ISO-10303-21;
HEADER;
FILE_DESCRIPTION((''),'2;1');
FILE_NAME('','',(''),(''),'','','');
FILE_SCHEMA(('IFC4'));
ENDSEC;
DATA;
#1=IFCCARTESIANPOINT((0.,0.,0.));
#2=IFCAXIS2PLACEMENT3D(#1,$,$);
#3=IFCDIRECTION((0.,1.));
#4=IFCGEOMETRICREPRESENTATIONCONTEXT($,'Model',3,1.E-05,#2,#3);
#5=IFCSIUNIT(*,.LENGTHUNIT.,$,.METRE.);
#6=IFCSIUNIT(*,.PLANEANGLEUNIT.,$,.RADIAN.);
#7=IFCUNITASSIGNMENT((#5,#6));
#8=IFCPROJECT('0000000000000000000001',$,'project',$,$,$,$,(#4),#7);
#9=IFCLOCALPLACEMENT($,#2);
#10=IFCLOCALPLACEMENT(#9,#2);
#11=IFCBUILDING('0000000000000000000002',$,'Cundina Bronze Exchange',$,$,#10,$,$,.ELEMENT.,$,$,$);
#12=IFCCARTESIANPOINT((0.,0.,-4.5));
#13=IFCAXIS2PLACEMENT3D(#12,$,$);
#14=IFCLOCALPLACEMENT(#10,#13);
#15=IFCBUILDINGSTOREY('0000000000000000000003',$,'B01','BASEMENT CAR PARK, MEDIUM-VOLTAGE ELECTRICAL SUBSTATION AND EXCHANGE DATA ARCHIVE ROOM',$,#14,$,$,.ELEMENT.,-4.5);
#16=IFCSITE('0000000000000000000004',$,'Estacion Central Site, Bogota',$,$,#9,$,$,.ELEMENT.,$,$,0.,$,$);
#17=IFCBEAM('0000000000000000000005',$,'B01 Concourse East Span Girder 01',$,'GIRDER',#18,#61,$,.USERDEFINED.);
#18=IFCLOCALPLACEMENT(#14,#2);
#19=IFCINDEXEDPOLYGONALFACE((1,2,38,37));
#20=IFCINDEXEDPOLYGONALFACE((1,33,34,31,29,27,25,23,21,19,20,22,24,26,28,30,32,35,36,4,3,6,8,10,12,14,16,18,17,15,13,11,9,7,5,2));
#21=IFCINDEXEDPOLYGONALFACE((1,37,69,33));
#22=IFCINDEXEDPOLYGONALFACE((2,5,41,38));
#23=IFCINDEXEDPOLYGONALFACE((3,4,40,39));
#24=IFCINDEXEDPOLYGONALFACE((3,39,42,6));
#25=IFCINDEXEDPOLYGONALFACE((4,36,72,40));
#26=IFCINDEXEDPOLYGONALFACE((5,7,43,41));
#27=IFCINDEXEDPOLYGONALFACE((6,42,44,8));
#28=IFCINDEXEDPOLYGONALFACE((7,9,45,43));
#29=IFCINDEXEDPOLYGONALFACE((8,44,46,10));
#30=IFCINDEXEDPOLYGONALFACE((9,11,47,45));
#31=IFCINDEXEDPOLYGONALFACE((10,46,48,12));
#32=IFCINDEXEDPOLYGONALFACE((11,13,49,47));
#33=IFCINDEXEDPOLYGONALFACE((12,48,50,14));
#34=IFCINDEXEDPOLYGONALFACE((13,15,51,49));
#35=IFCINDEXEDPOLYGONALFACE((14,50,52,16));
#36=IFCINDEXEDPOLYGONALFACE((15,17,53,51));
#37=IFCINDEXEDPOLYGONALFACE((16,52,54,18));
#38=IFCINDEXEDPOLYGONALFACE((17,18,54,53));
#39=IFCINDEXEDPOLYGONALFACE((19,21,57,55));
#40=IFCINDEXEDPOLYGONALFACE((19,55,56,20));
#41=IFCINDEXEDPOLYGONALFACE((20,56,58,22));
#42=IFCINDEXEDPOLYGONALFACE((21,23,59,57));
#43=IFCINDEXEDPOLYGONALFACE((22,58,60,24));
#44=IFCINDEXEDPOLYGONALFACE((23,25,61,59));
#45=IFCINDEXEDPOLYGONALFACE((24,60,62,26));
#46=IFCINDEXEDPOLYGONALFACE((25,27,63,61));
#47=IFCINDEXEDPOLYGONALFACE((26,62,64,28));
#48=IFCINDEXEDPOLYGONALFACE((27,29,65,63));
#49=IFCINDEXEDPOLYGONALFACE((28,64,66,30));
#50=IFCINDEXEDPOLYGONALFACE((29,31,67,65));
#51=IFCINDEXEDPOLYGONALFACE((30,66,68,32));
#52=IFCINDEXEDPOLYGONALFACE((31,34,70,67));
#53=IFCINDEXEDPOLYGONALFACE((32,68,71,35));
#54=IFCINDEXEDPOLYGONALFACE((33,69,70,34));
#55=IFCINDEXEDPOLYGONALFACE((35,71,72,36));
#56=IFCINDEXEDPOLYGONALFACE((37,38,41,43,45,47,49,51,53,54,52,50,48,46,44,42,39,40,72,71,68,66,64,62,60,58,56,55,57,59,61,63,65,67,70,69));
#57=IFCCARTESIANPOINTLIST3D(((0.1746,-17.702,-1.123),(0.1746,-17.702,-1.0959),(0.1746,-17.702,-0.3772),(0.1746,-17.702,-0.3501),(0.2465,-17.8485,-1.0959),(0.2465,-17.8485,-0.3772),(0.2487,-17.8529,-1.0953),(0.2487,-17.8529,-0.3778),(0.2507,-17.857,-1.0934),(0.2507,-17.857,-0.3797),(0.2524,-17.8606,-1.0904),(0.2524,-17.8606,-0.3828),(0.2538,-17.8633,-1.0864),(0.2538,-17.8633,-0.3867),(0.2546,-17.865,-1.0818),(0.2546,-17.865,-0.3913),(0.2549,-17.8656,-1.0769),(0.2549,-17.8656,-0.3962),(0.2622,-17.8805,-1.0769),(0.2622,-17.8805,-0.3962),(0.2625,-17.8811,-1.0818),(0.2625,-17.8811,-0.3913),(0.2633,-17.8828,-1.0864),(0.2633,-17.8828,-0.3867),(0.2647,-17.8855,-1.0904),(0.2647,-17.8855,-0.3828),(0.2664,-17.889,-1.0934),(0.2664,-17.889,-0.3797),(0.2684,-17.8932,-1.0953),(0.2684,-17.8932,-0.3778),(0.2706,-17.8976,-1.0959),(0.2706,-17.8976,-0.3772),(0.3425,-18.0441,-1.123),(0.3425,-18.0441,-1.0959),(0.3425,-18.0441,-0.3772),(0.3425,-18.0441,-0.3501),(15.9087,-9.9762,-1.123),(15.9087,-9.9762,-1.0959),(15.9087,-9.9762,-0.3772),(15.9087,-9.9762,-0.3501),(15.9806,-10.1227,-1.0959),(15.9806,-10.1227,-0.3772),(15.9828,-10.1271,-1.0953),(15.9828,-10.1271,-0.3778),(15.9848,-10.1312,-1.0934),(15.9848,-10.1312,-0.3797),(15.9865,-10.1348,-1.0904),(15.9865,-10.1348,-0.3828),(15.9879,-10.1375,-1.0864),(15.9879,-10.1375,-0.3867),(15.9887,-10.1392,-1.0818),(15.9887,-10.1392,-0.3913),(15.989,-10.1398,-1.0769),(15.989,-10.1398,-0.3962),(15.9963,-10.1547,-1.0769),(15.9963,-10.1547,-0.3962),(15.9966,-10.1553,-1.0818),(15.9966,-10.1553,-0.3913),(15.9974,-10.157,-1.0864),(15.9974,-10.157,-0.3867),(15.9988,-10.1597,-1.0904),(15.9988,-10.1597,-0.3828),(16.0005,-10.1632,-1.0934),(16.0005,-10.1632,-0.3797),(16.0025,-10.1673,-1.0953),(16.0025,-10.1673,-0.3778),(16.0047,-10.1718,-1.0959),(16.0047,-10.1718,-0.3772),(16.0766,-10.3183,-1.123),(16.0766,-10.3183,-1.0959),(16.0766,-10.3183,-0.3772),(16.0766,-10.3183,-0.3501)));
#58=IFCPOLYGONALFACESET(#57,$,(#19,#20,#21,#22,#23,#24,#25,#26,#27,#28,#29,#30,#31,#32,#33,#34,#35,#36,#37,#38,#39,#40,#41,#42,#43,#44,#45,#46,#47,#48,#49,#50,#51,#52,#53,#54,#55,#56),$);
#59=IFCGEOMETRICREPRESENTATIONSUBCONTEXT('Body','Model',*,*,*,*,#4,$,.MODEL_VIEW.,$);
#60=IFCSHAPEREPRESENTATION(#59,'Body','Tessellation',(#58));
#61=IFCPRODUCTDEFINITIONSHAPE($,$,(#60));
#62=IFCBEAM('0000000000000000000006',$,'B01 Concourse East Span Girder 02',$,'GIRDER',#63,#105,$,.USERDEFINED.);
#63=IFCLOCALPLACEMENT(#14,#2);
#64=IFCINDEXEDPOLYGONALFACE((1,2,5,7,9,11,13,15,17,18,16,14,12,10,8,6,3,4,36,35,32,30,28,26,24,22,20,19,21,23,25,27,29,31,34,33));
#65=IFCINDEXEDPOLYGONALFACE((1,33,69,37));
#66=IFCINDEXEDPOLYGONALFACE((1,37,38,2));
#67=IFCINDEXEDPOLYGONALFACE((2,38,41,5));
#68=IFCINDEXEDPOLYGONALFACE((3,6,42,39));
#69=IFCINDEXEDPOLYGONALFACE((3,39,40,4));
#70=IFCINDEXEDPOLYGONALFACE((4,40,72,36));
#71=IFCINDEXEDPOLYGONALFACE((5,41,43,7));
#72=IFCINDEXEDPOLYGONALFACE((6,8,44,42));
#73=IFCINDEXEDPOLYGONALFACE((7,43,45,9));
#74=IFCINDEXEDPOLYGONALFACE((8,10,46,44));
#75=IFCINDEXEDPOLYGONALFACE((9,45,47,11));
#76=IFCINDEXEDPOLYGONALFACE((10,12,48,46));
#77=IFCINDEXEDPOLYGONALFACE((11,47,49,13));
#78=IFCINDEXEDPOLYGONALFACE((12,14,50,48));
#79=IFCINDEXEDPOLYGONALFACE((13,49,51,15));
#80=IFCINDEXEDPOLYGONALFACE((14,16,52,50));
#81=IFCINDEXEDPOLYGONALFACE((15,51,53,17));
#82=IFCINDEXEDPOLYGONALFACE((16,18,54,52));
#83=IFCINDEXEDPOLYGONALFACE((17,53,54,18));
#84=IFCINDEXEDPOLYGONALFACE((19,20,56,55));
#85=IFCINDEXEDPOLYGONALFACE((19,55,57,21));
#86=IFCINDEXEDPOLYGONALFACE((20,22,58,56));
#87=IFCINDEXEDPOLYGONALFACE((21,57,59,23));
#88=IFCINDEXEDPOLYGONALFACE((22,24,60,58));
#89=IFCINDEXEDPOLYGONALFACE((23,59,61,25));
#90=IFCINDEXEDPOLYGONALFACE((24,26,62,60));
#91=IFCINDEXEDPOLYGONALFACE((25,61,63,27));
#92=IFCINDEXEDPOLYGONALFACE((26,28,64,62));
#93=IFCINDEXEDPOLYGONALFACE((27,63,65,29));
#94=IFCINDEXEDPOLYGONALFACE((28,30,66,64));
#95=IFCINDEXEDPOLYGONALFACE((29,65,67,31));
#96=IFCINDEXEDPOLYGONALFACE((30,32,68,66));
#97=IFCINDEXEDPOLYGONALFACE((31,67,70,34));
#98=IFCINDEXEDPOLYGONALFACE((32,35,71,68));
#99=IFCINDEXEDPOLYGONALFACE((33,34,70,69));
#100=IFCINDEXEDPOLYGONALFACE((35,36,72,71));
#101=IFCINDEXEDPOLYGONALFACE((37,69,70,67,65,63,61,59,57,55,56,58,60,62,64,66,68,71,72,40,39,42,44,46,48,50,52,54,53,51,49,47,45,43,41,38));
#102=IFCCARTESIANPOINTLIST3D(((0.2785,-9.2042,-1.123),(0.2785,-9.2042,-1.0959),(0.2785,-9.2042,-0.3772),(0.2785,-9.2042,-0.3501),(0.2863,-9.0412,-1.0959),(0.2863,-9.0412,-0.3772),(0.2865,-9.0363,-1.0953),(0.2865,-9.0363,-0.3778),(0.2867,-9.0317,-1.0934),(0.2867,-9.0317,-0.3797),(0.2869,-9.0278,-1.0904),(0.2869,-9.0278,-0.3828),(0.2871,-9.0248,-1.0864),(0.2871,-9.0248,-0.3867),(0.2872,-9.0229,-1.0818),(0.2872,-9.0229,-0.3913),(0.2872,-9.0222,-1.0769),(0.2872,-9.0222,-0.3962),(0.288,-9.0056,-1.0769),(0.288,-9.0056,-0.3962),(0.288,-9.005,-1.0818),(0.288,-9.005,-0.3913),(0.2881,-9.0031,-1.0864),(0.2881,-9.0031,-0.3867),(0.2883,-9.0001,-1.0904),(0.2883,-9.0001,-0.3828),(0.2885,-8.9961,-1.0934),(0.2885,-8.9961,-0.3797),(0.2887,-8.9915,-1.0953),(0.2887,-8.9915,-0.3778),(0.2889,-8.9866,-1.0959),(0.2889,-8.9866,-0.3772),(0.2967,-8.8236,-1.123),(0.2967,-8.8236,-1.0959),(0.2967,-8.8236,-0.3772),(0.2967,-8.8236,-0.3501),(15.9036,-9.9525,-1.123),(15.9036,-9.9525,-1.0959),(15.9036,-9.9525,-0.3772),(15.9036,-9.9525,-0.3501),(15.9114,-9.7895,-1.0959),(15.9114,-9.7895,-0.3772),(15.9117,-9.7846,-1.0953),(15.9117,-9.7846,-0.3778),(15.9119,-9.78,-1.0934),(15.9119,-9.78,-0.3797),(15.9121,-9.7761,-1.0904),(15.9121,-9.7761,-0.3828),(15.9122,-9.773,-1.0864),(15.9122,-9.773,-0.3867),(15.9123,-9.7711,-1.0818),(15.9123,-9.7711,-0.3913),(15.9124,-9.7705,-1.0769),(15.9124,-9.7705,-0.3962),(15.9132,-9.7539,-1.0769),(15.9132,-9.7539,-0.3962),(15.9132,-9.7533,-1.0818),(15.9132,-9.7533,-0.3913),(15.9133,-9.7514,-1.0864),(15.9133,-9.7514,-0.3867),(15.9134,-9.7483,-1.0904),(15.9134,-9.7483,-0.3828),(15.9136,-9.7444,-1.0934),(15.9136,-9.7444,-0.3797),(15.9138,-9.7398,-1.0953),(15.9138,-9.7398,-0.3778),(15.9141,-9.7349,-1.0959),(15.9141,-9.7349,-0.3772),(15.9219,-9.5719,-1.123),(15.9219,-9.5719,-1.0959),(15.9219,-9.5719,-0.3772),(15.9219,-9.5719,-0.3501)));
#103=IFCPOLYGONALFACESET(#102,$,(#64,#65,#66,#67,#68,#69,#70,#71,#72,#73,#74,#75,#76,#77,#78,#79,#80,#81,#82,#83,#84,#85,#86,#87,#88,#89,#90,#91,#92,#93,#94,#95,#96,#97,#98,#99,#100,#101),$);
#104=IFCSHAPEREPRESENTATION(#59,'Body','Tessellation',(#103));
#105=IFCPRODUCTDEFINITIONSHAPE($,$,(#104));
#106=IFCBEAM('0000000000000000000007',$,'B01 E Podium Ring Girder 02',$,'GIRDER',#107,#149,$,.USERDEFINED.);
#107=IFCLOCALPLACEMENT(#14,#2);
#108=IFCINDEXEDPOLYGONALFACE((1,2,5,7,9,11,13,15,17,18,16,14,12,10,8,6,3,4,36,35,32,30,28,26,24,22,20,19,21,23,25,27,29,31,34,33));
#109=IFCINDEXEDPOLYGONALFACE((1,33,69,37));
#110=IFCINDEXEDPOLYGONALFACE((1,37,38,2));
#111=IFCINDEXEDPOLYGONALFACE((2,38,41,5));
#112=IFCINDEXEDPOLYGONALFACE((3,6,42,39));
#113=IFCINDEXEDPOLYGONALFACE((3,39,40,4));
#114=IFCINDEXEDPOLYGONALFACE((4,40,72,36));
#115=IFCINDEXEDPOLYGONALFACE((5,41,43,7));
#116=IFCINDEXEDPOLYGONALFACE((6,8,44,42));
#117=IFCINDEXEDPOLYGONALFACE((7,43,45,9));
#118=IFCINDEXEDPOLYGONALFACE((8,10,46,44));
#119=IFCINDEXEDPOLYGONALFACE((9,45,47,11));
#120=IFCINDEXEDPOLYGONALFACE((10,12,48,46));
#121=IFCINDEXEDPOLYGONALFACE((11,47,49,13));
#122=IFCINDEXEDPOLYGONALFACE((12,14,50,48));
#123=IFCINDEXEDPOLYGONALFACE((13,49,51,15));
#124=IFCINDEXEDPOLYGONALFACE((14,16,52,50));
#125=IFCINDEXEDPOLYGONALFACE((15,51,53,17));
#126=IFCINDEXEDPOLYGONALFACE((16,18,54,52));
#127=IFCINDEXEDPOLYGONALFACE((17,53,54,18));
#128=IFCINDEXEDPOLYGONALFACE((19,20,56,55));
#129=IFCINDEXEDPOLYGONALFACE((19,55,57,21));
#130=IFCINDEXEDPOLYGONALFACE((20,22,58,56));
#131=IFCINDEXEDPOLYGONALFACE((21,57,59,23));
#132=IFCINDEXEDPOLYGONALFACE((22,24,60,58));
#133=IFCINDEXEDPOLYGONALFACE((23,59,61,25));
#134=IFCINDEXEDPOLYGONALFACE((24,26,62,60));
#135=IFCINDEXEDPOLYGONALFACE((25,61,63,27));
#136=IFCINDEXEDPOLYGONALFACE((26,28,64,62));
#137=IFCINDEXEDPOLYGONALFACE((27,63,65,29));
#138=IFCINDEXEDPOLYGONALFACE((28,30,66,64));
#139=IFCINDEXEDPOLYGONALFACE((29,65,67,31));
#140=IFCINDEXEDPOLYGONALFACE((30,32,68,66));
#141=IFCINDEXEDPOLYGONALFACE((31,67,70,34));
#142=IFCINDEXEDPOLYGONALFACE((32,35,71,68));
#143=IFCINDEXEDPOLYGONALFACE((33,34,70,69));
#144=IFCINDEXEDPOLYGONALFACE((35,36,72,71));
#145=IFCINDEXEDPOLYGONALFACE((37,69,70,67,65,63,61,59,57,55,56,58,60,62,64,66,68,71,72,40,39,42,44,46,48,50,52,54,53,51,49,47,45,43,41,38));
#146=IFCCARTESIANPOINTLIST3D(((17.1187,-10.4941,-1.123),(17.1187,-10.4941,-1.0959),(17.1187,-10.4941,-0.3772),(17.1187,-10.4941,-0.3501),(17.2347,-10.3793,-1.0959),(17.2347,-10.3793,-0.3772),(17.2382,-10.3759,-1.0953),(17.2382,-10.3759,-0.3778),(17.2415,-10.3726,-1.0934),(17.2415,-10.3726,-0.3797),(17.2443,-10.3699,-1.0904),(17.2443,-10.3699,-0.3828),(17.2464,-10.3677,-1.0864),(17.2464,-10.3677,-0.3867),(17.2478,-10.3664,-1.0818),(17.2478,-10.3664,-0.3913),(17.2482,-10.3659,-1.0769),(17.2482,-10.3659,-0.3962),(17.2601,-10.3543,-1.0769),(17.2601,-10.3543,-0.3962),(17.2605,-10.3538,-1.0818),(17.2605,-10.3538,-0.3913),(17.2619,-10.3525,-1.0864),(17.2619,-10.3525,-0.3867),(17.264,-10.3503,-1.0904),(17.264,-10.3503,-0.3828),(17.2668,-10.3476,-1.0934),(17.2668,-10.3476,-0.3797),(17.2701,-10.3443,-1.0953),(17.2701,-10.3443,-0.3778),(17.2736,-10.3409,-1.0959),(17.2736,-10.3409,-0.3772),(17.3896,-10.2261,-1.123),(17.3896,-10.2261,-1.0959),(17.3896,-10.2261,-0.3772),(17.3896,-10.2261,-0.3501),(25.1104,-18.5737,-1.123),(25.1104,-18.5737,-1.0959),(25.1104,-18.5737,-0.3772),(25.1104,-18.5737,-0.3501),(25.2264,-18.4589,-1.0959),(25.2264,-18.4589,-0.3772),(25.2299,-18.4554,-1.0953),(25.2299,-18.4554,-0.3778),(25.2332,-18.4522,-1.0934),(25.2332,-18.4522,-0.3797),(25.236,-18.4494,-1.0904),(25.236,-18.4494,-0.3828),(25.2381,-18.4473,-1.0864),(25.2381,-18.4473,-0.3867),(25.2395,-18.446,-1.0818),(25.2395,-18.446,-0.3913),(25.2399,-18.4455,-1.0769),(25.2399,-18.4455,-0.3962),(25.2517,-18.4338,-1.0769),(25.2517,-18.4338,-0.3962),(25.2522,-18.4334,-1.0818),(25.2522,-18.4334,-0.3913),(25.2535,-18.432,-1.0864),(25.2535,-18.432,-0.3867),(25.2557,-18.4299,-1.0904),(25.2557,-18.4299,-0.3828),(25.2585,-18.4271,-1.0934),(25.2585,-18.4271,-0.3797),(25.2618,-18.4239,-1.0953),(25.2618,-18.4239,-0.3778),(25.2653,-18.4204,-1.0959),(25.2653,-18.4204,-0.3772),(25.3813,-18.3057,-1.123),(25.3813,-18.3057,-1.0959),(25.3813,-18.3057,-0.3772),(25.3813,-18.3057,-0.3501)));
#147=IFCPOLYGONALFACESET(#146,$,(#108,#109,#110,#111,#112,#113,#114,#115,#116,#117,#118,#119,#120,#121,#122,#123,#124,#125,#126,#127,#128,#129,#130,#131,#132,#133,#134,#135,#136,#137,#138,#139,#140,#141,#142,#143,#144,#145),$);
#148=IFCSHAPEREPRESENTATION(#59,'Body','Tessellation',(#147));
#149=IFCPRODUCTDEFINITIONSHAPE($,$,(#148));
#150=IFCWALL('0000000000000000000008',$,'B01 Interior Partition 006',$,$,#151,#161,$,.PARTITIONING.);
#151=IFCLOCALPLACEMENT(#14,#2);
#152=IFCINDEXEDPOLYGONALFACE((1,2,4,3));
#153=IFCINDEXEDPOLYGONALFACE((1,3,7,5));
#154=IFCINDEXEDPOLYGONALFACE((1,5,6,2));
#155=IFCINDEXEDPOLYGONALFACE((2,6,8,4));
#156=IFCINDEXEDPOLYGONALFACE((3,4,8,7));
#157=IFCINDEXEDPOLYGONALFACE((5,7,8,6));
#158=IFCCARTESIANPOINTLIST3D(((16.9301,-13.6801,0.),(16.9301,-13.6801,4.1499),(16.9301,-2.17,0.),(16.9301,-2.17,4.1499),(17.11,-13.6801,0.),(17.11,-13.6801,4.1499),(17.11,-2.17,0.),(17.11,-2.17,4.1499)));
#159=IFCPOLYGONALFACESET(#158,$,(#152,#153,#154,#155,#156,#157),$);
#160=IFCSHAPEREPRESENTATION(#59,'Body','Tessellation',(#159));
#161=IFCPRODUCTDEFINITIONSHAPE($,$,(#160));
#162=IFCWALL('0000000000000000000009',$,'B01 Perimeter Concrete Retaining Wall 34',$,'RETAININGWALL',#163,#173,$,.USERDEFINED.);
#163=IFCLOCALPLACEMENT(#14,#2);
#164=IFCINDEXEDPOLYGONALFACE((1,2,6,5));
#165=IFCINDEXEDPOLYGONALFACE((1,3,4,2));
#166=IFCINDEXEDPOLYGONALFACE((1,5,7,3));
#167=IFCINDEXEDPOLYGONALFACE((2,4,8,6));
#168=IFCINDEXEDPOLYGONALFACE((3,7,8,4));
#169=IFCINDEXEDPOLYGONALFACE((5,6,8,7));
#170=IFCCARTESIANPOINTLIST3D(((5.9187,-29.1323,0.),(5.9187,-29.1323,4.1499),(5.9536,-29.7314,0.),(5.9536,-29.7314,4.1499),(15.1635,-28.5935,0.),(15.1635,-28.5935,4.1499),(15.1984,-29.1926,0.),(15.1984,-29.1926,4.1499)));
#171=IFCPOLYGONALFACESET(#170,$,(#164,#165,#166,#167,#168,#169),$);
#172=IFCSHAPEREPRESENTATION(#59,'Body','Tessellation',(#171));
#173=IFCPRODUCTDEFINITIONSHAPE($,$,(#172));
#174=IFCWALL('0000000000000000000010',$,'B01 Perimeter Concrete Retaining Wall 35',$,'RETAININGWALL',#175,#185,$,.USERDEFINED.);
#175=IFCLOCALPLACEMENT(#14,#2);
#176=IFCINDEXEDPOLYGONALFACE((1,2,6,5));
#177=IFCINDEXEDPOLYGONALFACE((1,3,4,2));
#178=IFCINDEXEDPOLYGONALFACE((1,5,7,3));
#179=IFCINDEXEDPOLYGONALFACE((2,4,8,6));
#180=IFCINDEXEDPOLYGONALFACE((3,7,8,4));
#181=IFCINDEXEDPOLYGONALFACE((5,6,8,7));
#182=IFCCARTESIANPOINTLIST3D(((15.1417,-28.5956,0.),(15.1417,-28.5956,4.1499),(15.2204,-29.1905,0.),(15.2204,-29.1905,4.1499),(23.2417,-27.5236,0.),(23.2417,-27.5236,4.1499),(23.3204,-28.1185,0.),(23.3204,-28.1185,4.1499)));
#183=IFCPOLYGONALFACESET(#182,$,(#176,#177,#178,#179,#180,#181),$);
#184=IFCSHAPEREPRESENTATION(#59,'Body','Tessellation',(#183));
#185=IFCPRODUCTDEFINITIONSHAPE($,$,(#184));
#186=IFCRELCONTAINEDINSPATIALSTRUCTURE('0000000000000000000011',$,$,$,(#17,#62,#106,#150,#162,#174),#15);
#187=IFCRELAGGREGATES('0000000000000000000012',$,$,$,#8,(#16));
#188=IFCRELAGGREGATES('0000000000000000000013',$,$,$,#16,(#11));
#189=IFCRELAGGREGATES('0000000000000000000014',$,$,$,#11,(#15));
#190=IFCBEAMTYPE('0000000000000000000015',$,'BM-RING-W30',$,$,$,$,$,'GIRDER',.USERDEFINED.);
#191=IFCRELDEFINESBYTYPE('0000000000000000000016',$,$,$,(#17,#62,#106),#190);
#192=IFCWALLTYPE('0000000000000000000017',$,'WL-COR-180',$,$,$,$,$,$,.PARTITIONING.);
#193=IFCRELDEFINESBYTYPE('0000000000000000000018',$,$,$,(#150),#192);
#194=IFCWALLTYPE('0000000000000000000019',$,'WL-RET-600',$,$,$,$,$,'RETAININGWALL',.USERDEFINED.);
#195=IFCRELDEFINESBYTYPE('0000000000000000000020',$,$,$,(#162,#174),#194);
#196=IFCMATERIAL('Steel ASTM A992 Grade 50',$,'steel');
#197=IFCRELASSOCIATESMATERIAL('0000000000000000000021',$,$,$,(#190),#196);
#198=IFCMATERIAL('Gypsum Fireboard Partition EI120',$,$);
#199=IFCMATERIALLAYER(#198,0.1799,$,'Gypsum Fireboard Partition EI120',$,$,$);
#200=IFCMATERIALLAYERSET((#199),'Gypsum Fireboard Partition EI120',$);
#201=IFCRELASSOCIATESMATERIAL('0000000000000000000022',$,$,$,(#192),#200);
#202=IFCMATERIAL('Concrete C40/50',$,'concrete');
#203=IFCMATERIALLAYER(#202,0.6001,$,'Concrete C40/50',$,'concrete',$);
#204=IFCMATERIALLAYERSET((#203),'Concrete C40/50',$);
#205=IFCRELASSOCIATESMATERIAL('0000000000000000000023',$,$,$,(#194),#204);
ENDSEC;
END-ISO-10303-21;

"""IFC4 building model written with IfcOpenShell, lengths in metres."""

from ifc_helpers import new_model, si_unit, direction, frame, frame_2d, origin, origin_2d, place, context, subcontext, project, spatial, rectangle, i_section, extrude, material, layer, layer_set, material_profile, profile_set, type_object, element, save


model = new_model("IFC4")

# Units and contexts
model_context = context("Model", 3, precision=1e-05, world=origin(), true_north=direction((0.0, 1.0)))
body_context = subcontext(model_context, "Body", "Model", "MODEL_VIEW")
ifc_project = project(units=[si_unit("LENGTHUNIT", "METRE"), si_unit("PLANEANGLEUNIT", "RADIAN")], contexts=[model_context])

# Site, building, storey
site_placement = place(None, origin())
site = spatial("IfcSite", under=ifc_project, at=site_placement, Name="Estacion Central Site, Bogota", CompositionType="ELEMENT", RefElevation=0.0)
building_placement = place(site_placement, origin())
building = spatial("IfcBuilding", under=site, at=building_placement, Name="Cundina Bronze Exchange", CompositionType="ELEMENT")
storey_placement = place(building_placement, frame((0.0, 0.0, -4.5)))
storey = spatial("IfcBuildingStorey", under=building, at=storey_placement, Name="B01", Description="BASEMENT CAR PARK, MEDIUM-VOLTAGE ELECTRICAL SUBSTATION AND EXCHANGE DATA ARCHIVE ROOM", CompositionType="ELEMENT", Elevation=-4.5)

# Beams
ifc_material_1 = material(Name="Steel ASTM A992 Grade 50", Category="steel")
ifc_material_profile_1 = material_profile(ifc_material_1, i_section(OverallWidth=0.3811, OverallDepth=0.7729, WebThickness=0.0166, FlangeThickness=0.0271, FilletRadius=0.019, at=origin_2d()), Name="W30X173", Category="steel")
ifc_profile_set_1 = profile_set([ifc_material_profile_1], Name="Steel ASTM A992 Grade 50")
beam_type = type_object("IfcBeamType", Name="BM-RING-W30", ElementType="GIRDER", PredefinedType="USERDEFINED", material=ifc_profile_set_1)
beam_1_placement = place(storey_placement, frame((0.2585, -17.873, -0.7366), z_axis=(0.897627, 0.440756, 0.0), x_axis=(-0.440756, 0.897627, 0.0)))
element("IfcBeam", 1, at=beam_1_placement, inside=storey, type_object=beam_type, Name="B01 Concourse East Span Girder 01", ObjectType="GIRDER", PredefinedType="USERDEFINED", context=body_context, shape_type="SweptSolid", body=[
    extrude(i_section(OverallWidth=0.3811, OverallDepth=0.7729, WebThickness=0.0166, FlangeThickness=0.0271, FilletRadius=0.019, at=origin_2d()), origin(), (0.0, 0.0, 1.0), 17.5286),
])
beam_2_placement = place(storey_placement, frame((0.2876, -9.0139, -0.7366), z_axis=(0.998855, -0.047835, 0.0), x_axis=(0.047835, 0.998855, 0.0)))
element("IfcBeam", 2, at=beam_2_placement, inside=storey, type_object=beam_type, Name="B01 Concourse East Span Girder 02", ObjectType="GIRDER", PredefinedType="USERDEFINED", context=body_context, shape_type="SweptSolid", body=[
    extrude(i_section(OverallWidth=0.3811, OverallDepth=0.7729, WebThickness=0.0166, FlangeThickness=0.0271, FilletRadius=0.019, at=origin_2d()), origin(), (0.0, 0.0, 1.0), 15.6431),
])
beam_3_placement = place(storey_placement, frame((17.2542, -10.3601, -0.7366), z_axis=(0.703229, -0.710963, 0.0), x_axis=(0.710963, 0.703229, 0.0)))
element("IfcBeam", 3, at=beam_3_placement, inside=storey, type_object=beam_type, Name="B01 E Podium Ring Girder 02", ObjectType="GIRDER", PredefinedType="USERDEFINED", context=body_context, shape_type="SweptSolid", body=[
    extrude(i_section(OverallWidth=0.3811, OverallDepth=0.7729, WebThickness=0.0166, FlangeThickness=0.0271, FilletRadius=0.019, at=origin_2d()), origin(), (0.0, 0.0, 1.0), 11.3643),
])

# Walls
ifc_material_2 = material(Name="Gypsum Fireboard Partition EI120")
ifc_layer_1 = layer(ifc_material_2, 0.1799, Name="Gypsum Fireboard Partition EI120")
ifc_layer_set_1 = layer_set([ifc_layer_1], Name="Gypsum Fireboard Partition EI120")
wall_type_1 = type_object("IfcWallType", Name="WL-COR-180", PredefinedType="PARTITIONING", material=ifc_layer_set_1)
wall_1_placement = place(storey_placement, frame((17.02, -13.6799, 0.0), z_axis=(0.0, 0.0, 1.0), x_axis=(0.0, 1.0, 0.0)))
element("IfcWall", 4, at=wall_1_placement, inside=storey, type_object=wall_type_1, Name="B01 Interior Partition 006", PredefinedType="PARTITIONING", context=body_context, shape_type="SweptSolid", body=[
    extrude(rectangle(XDim=11.51, YDim=0.1799, at=frame_2d((5.7549, 0.0))), origin(), (0.0, 0.0, 1.0), 4.1499),
])
ifc_material_3 = material(Name="Concrete C40/50", Category="concrete")
ifc_layer_2 = layer(ifc_material_3, 0.6001, Name="Concrete C40/50", Category="concrete")
ifc_layer_set_2 = layer_set([ifc_layer_2], Name="Concrete C40/50")
wall_type_2 = type_object("IfcWallType", Name="WL-RET-600", ElementType="RETAININGWALL", PredefinedType="USERDEFINED", material=ifc_layer_set_2)
wall_2_placement = place(storey_placement, frame((5.936, -29.4319, 0.0), z_axis=(0.0, 0.0, 1.0), x_axis=(0.998306, 0.058184, 0.0)))
element("IfcWall", 5, at=wall_2_placement, inside=storey, type_object=wall_type_2, Name="B01 Perimeter Concrete Retaining Wall 34", ObjectType="RETAININGWALL", PredefinedType="USERDEFINED", context=body_context, shape_type="SweptSolid", body=[
    extrude(rectangle(XDim=9.2605, YDim=0.6001, at=frame_2d((4.6304, 0.0))), origin(), (0.0, 0.0, 1.0), 4.1499),
])
wall_3_placement = place(storey_placement, frame((15.1809, -28.8931, 0.0), z_axis=(0.0, 0.0, 1.0), x_axis=(0.991356, 0.131203, 0.0)))
element("IfcWall", 6, at=wall_3_placement, inside=storey, type_object=wall_type_2, Name="B01 Perimeter Concrete Retaining Wall 35", ObjectType="RETAININGWALL", PredefinedType="USERDEFINED", context=body_context, shape_type="SweptSolid", body=[
    extrude(rectangle(XDim=8.1707, YDim=0.6001, at=frame_2d((4.0854, 0.0))), origin(), (0.0, 0.0, 1.0), 4.1499),
])

save(model, "model.ifc")
